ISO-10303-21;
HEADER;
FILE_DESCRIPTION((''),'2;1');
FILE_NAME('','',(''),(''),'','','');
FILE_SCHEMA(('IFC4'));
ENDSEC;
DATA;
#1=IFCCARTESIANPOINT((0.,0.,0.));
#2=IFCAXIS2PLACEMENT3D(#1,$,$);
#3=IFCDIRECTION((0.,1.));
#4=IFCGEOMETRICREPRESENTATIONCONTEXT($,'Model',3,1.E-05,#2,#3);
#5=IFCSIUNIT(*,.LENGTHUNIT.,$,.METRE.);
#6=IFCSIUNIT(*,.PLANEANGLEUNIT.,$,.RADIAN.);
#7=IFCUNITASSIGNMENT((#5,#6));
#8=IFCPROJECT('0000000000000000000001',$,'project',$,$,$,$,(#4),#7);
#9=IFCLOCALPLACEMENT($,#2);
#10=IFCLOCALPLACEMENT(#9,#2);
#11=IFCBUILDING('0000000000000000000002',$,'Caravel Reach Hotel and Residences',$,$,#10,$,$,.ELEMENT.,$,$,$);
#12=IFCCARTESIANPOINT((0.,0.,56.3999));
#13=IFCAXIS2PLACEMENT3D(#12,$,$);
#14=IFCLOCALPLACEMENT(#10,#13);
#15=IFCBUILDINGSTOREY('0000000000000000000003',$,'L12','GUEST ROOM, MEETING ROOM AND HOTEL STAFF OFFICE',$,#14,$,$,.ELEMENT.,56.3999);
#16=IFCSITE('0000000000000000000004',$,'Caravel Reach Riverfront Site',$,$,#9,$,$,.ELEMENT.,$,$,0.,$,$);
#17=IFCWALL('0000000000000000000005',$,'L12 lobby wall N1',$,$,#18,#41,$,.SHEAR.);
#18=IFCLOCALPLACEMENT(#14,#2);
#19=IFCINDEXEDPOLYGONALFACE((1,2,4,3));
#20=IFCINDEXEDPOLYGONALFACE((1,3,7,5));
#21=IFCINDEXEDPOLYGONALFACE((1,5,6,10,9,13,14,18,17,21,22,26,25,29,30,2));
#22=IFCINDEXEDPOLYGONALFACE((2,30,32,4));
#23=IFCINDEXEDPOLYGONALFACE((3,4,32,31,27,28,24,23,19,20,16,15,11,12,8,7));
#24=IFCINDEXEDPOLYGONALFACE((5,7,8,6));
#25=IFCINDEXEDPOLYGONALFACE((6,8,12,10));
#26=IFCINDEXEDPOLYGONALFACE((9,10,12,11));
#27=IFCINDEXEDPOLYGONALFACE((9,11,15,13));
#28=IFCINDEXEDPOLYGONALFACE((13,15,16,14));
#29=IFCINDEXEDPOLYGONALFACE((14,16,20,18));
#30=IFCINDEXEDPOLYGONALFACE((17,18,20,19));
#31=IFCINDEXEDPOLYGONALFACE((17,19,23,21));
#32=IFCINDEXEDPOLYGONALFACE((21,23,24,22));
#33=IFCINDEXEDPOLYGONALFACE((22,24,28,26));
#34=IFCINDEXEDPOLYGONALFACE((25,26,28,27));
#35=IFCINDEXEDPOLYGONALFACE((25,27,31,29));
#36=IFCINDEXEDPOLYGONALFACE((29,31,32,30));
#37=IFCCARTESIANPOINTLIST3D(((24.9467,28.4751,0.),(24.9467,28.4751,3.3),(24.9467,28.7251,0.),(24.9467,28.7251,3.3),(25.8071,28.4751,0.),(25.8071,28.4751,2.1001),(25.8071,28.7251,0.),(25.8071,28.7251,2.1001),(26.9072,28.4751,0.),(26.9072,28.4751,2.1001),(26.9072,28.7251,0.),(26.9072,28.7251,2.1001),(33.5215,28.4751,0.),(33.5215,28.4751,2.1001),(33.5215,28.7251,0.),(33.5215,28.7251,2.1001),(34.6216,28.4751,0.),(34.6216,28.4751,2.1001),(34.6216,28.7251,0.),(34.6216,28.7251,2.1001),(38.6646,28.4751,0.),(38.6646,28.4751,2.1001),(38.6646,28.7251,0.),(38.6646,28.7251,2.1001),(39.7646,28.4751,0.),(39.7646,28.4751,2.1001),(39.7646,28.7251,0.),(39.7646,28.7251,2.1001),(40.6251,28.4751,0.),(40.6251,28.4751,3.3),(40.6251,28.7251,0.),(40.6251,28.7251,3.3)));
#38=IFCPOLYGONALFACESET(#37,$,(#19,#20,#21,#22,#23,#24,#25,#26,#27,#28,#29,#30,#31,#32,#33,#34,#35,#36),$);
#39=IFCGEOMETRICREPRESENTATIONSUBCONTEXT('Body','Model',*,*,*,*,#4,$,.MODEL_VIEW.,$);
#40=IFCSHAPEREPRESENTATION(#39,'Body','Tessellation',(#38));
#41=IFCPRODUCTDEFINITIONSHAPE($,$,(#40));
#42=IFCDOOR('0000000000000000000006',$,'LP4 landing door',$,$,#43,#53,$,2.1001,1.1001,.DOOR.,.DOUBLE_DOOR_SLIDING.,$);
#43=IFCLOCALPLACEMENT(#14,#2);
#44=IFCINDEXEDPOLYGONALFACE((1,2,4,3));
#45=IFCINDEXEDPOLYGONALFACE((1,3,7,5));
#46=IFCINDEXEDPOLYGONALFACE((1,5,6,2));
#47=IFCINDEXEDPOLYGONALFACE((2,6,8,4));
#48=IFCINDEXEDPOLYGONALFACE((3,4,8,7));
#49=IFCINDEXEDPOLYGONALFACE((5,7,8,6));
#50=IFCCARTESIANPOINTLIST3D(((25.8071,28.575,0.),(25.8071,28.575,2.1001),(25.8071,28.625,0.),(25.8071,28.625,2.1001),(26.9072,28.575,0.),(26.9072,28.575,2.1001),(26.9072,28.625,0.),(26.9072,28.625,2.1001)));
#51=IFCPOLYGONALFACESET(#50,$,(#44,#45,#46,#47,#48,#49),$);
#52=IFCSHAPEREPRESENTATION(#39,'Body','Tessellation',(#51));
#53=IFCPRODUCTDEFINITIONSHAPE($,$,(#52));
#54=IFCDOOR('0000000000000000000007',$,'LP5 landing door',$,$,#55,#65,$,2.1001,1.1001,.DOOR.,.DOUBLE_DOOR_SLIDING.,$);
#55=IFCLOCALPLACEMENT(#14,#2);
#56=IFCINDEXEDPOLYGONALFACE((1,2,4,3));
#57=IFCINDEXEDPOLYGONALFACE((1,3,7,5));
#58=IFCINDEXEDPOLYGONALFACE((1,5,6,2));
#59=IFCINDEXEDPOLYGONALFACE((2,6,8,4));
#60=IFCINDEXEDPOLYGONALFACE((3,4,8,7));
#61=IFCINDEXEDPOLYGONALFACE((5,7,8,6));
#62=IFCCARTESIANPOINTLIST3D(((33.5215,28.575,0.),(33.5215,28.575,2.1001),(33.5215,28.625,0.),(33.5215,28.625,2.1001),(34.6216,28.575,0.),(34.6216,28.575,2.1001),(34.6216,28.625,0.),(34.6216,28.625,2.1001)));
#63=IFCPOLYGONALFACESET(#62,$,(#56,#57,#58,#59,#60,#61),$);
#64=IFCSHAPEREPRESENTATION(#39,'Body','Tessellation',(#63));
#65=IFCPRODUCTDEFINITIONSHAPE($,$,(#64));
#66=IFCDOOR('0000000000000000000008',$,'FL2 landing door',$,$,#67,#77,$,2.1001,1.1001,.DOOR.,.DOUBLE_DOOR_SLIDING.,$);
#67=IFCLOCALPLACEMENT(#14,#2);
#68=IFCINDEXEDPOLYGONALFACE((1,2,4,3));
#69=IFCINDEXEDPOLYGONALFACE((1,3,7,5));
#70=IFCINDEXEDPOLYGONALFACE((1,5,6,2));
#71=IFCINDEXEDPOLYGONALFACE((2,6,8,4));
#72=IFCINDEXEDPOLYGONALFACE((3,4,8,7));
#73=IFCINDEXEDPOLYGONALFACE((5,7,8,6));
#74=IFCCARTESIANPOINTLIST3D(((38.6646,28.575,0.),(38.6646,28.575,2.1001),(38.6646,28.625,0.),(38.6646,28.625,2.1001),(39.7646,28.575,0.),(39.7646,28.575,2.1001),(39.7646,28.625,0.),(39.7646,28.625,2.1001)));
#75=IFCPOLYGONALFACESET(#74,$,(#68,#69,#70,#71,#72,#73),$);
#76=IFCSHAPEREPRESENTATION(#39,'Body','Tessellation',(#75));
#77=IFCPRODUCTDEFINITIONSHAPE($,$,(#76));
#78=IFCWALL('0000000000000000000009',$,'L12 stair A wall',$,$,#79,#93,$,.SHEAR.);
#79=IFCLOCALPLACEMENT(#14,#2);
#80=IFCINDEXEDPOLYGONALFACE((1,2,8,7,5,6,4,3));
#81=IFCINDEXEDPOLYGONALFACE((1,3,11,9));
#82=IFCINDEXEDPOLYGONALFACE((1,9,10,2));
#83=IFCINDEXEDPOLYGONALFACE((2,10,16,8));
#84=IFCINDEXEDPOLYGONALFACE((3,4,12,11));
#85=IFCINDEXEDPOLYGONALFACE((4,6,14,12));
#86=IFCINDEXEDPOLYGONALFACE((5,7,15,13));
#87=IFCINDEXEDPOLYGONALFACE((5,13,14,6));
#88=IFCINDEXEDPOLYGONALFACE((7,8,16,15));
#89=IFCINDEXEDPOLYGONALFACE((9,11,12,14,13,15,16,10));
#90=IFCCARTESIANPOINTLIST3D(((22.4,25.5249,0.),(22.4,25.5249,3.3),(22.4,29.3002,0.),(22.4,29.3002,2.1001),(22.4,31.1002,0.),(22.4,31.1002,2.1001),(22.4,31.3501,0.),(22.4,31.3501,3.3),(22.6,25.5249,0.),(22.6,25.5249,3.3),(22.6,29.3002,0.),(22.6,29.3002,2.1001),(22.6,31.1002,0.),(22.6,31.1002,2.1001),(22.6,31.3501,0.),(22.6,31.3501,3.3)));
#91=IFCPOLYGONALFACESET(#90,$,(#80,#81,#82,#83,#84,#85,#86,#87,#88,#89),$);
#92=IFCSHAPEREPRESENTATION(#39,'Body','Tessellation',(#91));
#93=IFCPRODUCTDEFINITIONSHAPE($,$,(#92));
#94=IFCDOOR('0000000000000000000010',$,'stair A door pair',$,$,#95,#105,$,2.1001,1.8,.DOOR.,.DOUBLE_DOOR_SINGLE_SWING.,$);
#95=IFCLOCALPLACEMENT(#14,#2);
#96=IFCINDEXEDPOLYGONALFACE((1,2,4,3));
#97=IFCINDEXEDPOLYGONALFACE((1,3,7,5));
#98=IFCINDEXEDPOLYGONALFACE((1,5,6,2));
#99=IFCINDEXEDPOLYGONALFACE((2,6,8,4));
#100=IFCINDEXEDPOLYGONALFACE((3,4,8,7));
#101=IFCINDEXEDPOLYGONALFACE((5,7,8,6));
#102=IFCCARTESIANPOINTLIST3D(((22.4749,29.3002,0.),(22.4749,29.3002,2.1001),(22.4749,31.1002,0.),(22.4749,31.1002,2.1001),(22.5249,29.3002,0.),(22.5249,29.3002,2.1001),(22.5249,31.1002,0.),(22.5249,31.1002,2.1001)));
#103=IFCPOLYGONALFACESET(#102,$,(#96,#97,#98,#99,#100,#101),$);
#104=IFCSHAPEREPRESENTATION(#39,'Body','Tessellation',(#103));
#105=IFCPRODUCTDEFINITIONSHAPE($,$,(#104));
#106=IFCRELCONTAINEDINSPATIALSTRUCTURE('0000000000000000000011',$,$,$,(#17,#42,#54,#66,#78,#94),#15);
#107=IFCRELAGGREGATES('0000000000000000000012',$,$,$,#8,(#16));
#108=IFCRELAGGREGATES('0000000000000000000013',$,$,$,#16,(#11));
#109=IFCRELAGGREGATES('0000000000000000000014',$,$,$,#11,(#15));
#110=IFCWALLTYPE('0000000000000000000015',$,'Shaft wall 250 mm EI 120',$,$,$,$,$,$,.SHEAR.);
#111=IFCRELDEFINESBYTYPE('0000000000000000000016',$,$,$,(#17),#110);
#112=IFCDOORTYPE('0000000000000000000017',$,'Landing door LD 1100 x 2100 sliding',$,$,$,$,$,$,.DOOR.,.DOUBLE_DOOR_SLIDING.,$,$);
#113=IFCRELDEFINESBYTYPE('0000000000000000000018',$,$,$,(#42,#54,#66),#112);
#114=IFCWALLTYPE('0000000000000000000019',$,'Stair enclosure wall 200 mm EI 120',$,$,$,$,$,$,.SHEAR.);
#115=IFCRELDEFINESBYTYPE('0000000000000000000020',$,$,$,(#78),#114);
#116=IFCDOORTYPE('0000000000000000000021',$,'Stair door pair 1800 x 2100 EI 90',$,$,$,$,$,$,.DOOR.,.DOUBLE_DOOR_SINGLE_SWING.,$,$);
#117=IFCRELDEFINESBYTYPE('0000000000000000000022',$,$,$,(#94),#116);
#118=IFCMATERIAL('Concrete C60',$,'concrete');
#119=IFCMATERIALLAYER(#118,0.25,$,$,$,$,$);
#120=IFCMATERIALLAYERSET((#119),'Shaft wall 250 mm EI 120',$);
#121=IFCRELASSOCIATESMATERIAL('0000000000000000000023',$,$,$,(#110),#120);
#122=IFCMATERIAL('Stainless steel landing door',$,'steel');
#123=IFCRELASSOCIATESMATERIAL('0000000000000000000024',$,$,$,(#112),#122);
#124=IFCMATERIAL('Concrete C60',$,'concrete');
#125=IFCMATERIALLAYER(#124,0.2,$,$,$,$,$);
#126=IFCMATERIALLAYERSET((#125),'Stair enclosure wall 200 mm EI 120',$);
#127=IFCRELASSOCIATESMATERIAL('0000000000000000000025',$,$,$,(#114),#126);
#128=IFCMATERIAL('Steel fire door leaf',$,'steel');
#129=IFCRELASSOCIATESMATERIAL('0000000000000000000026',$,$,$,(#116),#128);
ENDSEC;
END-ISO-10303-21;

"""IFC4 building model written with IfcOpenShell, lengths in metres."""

from ifc_helpers import new_model, si_unit, direction, frame, frame_2d, origin, place, context, subcontext, project, spatial, rectangle, extrude, material, layer, layer_set, type_object, element, fill, save


model = new_model("IFC4")

# Units and contexts
model_context = context("Model", 3, precision=1e-05, world=origin(), true_north=direction((0.0, 1.0)))
body_context = subcontext(model_context, "Body", "Model", "MODEL_VIEW")
ifc_project = project(units=[si_unit("LENGTHUNIT", "METRE"), si_unit("PLANEANGLEUNIT", "RADIAN")], contexts=[model_context])

# Site, building, storey
site_placement = place(None, origin())
site = spatial("IfcSite", under=ifc_project, at=site_placement, Name="Caravel Reach Riverfront Site", CompositionType="ELEMENT", RefElevation=0.0)
building_placement = place(site_placement, origin())
building = spatial("IfcBuilding", under=site, at=building_placement, Name="Caravel Reach Hotel and Residences", CompositionType="ELEMENT")
storey_placement = place(building_placement, frame((0.0, 0.0, 56.3999)))
storey = spatial("IfcBuildingStorey", under=building, at=storey_placement, Name="L12", Description="GUEST ROOM, MEETING ROOM AND HOTEL STAFF OFFICE", CompositionType="ELEMENT", Elevation=56.3999)

# Wall, openings, doors
ifc_material_1 = material(Name="Concrete C60", Category="concrete")
ifc_layer_1 = layer(ifc_material_1, 0.25)
ifc_layer_set_1 = layer_set([ifc_layer_1], Name="Shaft wall 250 mm EI 120")
wall_type_1 = type_object("IfcWallType", Name="Shaft wall 250 mm EI 120", PredefinedType="SHEAR", material=ifc_layer_set_1)
wall_1_placement = place(storey_placement, frame((24.9465, 28.6001, 0.0), z_axis=(0.0, 0.0, 1.0), x_axis=(1.0, 0.0, 0.0)))
wall_1 = element("IfcWall", 1, at=wall_1_placement, inside=storey, type_object=wall_type_1, Name="L12 lobby wall N1", PredefinedType="SHEAR", context=body_context, shape_type="SweptSolid", body=[
    extrude(rectangle(XDim=15.6785, YDim=0.25, at=frame_2d((7.8394, 0.0))), origin(), (0.0, 0.0, 1.0), 3.3),
])
opening_1_placement = place(wall_1_placement, frame((0.8606, 0.0, 0.0)))
opening_1 = element("IfcOpeningElement", 2, at=opening_1_placement, cuts=wall_1, PredefinedType="OPENING", context=body_context, shape_type="SweptSolid", body=[
    extrude(rectangle(XDim=1.1001, YDim=2.1001, at=frame_2d((0.55, 1.05))), frame((0.0, 0.135, 0.0), z_axis=(0.0, -1.0, 0.0), x_axis=(1.0, 0.0, 0.0)), (0.0, 0.0, 1.0), 0.27),
])
opening_2_placement = place(wall_1_placement, frame((8.575, 0.0, 0.0)))
opening_2 = element("IfcOpeningElement", 3, at=opening_2_placement, cuts=wall_1, PredefinedType="OPENING", context=body_context, shape_type="SweptSolid", body=[
    extrude(rectangle(XDim=1.1001, YDim=2.1001, at=frame_2d((0.55, 1.05))), frame((0.0, 0.135, 0.0), z_axis=(0.0, -1.0, 0.0), x_axis=(1.0, 0.0, 0.0)), (0.0, 0.0, 1.0), 0.27),
])
opening_3_placement = place(wall_1_placement, frame((13.718, 0.0, 0.0)))
opening_3 = element("IfcOpeningElement", 4, at=opening_3_placement, cuts=wall_1, PredefinedType="OPENING", context=body_context, shape_type="SweptSolid", body=[
    extrude(rectangle(XDim=1.1001, YDim=2.1001, at=frame_2d((0.55, 1.05))), frame((0.0, 0.135, 0.0), z_axis=(0.0, -1.0, 0.0), x_axis=(1.0, 0.0, 0.0)), (0.0, 0.0, 1.0), 0.27),
])
ifc_material_2 = material(Name="Stainless steel landing door", Category="steel")
door_type_1 = type_object("IfcDoorType", Name="Landing door LD 1100 x 2100 sliding", OperationType="DOUBLE_DOOR_SLIDING", PredefinedType="DOOR", material=ifc_material_2)
door_1_placement = place(opening_1_placement, origin())
door_1 = element("IfcDoor", 5, at=door_1_placement, inside=storey, type_object=door_type_1, Name="LP4 landing door", OperationType="DOUBLE_DOOR_SLIDING", OverallHeight=2.1001, OverallWidth=1.1001, PredefinedType="DOOR", context=body_context, shape_type="SweptSolid", body=[
    extrude(rectangle(XDim=1.1001, YDim=2.1001, at=frame_2d((0.55, 1.05))), frame((0.0, 0.0249, 0.0), z_axis=(0.0, -1.0, 0.0), x_axis=(1.0, 0.0, 0.0)), (0.0, 0.0, 1.0), 0.05),
])
fill(opening_1, door_1)
door_2_placement = place(opening_2_placement, origin())
door_2 = element("IfcDoor", 6, at=door_2_placement, inside=storey, type_object=door_type_1, Name="LP5 landing door", OperationType="DOUBLE_DOOR_SLIDING", OverallHeight=2.1001, OverallWidth=1.1001, PredefinedType="DOOR", context=body_context, shape_type="SweptSolid", body=[
    extrude(rectangle(XDim=1.1001, YDim=2.1001, at=frame_2d((0.55, 1.05))), frame((0.0, 0.0249, 0.0), z_axis=(0.0, -1.0, 0.0), x_axis=(1.0, 0.0, 0.0)), (0.0, 0.0, 1.0), 0.05),
])
fill(opening_2, door_2)
door_3_placement = place(opening_3_placement, origin())
door_3 = element("IfcDoor", 7, at=door_3_placement, inside=storey, type_object=door_type_1, Name="FL2 landing door", OperationType="DOUBLE_DOOR_SLIDING", OverallHeight=2.1001, OverallWidth=1.1001, PredefinedType="DOOR", context=body_context, shape_type="SweptSolid", body=[
    extrude(rectangle(XDim=1.1001, YDim=2.1001, at=frame_2d((0.55, 1.05))), frame((0.0, 0.0249, 0.0), z_axis=(0.0, -1.0, 0.0), x_axis=(1.0, 0.0, 0.0)), (0.0, 0.0, 1.0), 0.05),
])
fill(opening_3, door_3)

# Wall, opening, door
ifc_material_3 = material(Name="Concrete C60", Category="concrete")
ifc_layer_2 = layer(ifc_material_3, 0.2)
ifc_layer_set_2 = layer_set([ifc_layer_2], Name="Stair enclosure wall 200 mm EI 120")
wall_type_2 = type_object("IfcWallType", Name="Stair enclosure wall 200 mm EI 120", PredefinedType="SHEAR", material=ifc_layer_set_2)
wall_2_placement = place(storey_placement, frame((22.5, 31.3501, 0.0), z_axis=(0.0, 0.0, 1.0), x_axis=(0.0, -1.0, 0.0)))
wall_2 = element("IfcWall", 8, at=wall_2_placement, inside=storey, type_object=wall_type_2, Name="L12 stair A wall", PredefinedType="SHEAR", context=body_context, shape_type="SweptSolid", body=[
    extrude(rectangle(XDim=5.8252, YDim=0.2, at=frame_2d((2.9126, 0.0))), origin(), (0.0, 0.0, 1.0), 3.3),
])
opening_4_placement = place(wall_2_placement, frame((0.25, 0.0, 0.0)))
opening_4 = element("IfcOpeningElement", 9, at=opening_4_placement, cuts=wall_2, PredefinedType="OPENING", context=body_context, shape_type="SweptSolid", body=[
    extrude(rectangle(XDim=1.8, YDim=2.1001, at=frame_2d((0.8999, 1.05))), frame((0.0, 0.1099, 0.0), z_axis=(0.0, -1.0, 0.0), x_axis=(1.0, 0.0, 0.0)), (0.0, 0.0, 1.0), 0.22),
])
ifc_material_4 = material(Name="Steel fire door leaf", Category="steel")
door_type_2 = type_object("IfcDoorType", Name="Stair door pair 1800 x 2100 EI 90", OperationType="DOUBLE_DOOR_SINGLE_SWING", PredefinedType="DOOR", material=ifc_material_4)
door_4_placement = place(opening_4_placement, origin())
door_4 = element("IfcDoor", 10, at=door_4_placement, inside=storey, type_object=door_type_2, Name="stair A door pair", OperationType="DOUBLE_DOOR_SINGLE_SWING", OverallHeight=2.1001, OverallWidth=1.8, PredefinedType="DOOR", context=body_context, shape_type="SweptSolid", body=[
    extrude(rectangle(XDim=1.8, YDim=2.1001, at=frame_2d((0.8999, 1.05))), frame((0.0, 0.0249, 0.0), z_axis=(0.0, -1.0, 0.0), x_axis=(1.0, 0.0, 0.0)), (0.0, 0.0, 1.0), 0.05),
])
fill(opening_4, door_4)

save(model, "model.ifc")
